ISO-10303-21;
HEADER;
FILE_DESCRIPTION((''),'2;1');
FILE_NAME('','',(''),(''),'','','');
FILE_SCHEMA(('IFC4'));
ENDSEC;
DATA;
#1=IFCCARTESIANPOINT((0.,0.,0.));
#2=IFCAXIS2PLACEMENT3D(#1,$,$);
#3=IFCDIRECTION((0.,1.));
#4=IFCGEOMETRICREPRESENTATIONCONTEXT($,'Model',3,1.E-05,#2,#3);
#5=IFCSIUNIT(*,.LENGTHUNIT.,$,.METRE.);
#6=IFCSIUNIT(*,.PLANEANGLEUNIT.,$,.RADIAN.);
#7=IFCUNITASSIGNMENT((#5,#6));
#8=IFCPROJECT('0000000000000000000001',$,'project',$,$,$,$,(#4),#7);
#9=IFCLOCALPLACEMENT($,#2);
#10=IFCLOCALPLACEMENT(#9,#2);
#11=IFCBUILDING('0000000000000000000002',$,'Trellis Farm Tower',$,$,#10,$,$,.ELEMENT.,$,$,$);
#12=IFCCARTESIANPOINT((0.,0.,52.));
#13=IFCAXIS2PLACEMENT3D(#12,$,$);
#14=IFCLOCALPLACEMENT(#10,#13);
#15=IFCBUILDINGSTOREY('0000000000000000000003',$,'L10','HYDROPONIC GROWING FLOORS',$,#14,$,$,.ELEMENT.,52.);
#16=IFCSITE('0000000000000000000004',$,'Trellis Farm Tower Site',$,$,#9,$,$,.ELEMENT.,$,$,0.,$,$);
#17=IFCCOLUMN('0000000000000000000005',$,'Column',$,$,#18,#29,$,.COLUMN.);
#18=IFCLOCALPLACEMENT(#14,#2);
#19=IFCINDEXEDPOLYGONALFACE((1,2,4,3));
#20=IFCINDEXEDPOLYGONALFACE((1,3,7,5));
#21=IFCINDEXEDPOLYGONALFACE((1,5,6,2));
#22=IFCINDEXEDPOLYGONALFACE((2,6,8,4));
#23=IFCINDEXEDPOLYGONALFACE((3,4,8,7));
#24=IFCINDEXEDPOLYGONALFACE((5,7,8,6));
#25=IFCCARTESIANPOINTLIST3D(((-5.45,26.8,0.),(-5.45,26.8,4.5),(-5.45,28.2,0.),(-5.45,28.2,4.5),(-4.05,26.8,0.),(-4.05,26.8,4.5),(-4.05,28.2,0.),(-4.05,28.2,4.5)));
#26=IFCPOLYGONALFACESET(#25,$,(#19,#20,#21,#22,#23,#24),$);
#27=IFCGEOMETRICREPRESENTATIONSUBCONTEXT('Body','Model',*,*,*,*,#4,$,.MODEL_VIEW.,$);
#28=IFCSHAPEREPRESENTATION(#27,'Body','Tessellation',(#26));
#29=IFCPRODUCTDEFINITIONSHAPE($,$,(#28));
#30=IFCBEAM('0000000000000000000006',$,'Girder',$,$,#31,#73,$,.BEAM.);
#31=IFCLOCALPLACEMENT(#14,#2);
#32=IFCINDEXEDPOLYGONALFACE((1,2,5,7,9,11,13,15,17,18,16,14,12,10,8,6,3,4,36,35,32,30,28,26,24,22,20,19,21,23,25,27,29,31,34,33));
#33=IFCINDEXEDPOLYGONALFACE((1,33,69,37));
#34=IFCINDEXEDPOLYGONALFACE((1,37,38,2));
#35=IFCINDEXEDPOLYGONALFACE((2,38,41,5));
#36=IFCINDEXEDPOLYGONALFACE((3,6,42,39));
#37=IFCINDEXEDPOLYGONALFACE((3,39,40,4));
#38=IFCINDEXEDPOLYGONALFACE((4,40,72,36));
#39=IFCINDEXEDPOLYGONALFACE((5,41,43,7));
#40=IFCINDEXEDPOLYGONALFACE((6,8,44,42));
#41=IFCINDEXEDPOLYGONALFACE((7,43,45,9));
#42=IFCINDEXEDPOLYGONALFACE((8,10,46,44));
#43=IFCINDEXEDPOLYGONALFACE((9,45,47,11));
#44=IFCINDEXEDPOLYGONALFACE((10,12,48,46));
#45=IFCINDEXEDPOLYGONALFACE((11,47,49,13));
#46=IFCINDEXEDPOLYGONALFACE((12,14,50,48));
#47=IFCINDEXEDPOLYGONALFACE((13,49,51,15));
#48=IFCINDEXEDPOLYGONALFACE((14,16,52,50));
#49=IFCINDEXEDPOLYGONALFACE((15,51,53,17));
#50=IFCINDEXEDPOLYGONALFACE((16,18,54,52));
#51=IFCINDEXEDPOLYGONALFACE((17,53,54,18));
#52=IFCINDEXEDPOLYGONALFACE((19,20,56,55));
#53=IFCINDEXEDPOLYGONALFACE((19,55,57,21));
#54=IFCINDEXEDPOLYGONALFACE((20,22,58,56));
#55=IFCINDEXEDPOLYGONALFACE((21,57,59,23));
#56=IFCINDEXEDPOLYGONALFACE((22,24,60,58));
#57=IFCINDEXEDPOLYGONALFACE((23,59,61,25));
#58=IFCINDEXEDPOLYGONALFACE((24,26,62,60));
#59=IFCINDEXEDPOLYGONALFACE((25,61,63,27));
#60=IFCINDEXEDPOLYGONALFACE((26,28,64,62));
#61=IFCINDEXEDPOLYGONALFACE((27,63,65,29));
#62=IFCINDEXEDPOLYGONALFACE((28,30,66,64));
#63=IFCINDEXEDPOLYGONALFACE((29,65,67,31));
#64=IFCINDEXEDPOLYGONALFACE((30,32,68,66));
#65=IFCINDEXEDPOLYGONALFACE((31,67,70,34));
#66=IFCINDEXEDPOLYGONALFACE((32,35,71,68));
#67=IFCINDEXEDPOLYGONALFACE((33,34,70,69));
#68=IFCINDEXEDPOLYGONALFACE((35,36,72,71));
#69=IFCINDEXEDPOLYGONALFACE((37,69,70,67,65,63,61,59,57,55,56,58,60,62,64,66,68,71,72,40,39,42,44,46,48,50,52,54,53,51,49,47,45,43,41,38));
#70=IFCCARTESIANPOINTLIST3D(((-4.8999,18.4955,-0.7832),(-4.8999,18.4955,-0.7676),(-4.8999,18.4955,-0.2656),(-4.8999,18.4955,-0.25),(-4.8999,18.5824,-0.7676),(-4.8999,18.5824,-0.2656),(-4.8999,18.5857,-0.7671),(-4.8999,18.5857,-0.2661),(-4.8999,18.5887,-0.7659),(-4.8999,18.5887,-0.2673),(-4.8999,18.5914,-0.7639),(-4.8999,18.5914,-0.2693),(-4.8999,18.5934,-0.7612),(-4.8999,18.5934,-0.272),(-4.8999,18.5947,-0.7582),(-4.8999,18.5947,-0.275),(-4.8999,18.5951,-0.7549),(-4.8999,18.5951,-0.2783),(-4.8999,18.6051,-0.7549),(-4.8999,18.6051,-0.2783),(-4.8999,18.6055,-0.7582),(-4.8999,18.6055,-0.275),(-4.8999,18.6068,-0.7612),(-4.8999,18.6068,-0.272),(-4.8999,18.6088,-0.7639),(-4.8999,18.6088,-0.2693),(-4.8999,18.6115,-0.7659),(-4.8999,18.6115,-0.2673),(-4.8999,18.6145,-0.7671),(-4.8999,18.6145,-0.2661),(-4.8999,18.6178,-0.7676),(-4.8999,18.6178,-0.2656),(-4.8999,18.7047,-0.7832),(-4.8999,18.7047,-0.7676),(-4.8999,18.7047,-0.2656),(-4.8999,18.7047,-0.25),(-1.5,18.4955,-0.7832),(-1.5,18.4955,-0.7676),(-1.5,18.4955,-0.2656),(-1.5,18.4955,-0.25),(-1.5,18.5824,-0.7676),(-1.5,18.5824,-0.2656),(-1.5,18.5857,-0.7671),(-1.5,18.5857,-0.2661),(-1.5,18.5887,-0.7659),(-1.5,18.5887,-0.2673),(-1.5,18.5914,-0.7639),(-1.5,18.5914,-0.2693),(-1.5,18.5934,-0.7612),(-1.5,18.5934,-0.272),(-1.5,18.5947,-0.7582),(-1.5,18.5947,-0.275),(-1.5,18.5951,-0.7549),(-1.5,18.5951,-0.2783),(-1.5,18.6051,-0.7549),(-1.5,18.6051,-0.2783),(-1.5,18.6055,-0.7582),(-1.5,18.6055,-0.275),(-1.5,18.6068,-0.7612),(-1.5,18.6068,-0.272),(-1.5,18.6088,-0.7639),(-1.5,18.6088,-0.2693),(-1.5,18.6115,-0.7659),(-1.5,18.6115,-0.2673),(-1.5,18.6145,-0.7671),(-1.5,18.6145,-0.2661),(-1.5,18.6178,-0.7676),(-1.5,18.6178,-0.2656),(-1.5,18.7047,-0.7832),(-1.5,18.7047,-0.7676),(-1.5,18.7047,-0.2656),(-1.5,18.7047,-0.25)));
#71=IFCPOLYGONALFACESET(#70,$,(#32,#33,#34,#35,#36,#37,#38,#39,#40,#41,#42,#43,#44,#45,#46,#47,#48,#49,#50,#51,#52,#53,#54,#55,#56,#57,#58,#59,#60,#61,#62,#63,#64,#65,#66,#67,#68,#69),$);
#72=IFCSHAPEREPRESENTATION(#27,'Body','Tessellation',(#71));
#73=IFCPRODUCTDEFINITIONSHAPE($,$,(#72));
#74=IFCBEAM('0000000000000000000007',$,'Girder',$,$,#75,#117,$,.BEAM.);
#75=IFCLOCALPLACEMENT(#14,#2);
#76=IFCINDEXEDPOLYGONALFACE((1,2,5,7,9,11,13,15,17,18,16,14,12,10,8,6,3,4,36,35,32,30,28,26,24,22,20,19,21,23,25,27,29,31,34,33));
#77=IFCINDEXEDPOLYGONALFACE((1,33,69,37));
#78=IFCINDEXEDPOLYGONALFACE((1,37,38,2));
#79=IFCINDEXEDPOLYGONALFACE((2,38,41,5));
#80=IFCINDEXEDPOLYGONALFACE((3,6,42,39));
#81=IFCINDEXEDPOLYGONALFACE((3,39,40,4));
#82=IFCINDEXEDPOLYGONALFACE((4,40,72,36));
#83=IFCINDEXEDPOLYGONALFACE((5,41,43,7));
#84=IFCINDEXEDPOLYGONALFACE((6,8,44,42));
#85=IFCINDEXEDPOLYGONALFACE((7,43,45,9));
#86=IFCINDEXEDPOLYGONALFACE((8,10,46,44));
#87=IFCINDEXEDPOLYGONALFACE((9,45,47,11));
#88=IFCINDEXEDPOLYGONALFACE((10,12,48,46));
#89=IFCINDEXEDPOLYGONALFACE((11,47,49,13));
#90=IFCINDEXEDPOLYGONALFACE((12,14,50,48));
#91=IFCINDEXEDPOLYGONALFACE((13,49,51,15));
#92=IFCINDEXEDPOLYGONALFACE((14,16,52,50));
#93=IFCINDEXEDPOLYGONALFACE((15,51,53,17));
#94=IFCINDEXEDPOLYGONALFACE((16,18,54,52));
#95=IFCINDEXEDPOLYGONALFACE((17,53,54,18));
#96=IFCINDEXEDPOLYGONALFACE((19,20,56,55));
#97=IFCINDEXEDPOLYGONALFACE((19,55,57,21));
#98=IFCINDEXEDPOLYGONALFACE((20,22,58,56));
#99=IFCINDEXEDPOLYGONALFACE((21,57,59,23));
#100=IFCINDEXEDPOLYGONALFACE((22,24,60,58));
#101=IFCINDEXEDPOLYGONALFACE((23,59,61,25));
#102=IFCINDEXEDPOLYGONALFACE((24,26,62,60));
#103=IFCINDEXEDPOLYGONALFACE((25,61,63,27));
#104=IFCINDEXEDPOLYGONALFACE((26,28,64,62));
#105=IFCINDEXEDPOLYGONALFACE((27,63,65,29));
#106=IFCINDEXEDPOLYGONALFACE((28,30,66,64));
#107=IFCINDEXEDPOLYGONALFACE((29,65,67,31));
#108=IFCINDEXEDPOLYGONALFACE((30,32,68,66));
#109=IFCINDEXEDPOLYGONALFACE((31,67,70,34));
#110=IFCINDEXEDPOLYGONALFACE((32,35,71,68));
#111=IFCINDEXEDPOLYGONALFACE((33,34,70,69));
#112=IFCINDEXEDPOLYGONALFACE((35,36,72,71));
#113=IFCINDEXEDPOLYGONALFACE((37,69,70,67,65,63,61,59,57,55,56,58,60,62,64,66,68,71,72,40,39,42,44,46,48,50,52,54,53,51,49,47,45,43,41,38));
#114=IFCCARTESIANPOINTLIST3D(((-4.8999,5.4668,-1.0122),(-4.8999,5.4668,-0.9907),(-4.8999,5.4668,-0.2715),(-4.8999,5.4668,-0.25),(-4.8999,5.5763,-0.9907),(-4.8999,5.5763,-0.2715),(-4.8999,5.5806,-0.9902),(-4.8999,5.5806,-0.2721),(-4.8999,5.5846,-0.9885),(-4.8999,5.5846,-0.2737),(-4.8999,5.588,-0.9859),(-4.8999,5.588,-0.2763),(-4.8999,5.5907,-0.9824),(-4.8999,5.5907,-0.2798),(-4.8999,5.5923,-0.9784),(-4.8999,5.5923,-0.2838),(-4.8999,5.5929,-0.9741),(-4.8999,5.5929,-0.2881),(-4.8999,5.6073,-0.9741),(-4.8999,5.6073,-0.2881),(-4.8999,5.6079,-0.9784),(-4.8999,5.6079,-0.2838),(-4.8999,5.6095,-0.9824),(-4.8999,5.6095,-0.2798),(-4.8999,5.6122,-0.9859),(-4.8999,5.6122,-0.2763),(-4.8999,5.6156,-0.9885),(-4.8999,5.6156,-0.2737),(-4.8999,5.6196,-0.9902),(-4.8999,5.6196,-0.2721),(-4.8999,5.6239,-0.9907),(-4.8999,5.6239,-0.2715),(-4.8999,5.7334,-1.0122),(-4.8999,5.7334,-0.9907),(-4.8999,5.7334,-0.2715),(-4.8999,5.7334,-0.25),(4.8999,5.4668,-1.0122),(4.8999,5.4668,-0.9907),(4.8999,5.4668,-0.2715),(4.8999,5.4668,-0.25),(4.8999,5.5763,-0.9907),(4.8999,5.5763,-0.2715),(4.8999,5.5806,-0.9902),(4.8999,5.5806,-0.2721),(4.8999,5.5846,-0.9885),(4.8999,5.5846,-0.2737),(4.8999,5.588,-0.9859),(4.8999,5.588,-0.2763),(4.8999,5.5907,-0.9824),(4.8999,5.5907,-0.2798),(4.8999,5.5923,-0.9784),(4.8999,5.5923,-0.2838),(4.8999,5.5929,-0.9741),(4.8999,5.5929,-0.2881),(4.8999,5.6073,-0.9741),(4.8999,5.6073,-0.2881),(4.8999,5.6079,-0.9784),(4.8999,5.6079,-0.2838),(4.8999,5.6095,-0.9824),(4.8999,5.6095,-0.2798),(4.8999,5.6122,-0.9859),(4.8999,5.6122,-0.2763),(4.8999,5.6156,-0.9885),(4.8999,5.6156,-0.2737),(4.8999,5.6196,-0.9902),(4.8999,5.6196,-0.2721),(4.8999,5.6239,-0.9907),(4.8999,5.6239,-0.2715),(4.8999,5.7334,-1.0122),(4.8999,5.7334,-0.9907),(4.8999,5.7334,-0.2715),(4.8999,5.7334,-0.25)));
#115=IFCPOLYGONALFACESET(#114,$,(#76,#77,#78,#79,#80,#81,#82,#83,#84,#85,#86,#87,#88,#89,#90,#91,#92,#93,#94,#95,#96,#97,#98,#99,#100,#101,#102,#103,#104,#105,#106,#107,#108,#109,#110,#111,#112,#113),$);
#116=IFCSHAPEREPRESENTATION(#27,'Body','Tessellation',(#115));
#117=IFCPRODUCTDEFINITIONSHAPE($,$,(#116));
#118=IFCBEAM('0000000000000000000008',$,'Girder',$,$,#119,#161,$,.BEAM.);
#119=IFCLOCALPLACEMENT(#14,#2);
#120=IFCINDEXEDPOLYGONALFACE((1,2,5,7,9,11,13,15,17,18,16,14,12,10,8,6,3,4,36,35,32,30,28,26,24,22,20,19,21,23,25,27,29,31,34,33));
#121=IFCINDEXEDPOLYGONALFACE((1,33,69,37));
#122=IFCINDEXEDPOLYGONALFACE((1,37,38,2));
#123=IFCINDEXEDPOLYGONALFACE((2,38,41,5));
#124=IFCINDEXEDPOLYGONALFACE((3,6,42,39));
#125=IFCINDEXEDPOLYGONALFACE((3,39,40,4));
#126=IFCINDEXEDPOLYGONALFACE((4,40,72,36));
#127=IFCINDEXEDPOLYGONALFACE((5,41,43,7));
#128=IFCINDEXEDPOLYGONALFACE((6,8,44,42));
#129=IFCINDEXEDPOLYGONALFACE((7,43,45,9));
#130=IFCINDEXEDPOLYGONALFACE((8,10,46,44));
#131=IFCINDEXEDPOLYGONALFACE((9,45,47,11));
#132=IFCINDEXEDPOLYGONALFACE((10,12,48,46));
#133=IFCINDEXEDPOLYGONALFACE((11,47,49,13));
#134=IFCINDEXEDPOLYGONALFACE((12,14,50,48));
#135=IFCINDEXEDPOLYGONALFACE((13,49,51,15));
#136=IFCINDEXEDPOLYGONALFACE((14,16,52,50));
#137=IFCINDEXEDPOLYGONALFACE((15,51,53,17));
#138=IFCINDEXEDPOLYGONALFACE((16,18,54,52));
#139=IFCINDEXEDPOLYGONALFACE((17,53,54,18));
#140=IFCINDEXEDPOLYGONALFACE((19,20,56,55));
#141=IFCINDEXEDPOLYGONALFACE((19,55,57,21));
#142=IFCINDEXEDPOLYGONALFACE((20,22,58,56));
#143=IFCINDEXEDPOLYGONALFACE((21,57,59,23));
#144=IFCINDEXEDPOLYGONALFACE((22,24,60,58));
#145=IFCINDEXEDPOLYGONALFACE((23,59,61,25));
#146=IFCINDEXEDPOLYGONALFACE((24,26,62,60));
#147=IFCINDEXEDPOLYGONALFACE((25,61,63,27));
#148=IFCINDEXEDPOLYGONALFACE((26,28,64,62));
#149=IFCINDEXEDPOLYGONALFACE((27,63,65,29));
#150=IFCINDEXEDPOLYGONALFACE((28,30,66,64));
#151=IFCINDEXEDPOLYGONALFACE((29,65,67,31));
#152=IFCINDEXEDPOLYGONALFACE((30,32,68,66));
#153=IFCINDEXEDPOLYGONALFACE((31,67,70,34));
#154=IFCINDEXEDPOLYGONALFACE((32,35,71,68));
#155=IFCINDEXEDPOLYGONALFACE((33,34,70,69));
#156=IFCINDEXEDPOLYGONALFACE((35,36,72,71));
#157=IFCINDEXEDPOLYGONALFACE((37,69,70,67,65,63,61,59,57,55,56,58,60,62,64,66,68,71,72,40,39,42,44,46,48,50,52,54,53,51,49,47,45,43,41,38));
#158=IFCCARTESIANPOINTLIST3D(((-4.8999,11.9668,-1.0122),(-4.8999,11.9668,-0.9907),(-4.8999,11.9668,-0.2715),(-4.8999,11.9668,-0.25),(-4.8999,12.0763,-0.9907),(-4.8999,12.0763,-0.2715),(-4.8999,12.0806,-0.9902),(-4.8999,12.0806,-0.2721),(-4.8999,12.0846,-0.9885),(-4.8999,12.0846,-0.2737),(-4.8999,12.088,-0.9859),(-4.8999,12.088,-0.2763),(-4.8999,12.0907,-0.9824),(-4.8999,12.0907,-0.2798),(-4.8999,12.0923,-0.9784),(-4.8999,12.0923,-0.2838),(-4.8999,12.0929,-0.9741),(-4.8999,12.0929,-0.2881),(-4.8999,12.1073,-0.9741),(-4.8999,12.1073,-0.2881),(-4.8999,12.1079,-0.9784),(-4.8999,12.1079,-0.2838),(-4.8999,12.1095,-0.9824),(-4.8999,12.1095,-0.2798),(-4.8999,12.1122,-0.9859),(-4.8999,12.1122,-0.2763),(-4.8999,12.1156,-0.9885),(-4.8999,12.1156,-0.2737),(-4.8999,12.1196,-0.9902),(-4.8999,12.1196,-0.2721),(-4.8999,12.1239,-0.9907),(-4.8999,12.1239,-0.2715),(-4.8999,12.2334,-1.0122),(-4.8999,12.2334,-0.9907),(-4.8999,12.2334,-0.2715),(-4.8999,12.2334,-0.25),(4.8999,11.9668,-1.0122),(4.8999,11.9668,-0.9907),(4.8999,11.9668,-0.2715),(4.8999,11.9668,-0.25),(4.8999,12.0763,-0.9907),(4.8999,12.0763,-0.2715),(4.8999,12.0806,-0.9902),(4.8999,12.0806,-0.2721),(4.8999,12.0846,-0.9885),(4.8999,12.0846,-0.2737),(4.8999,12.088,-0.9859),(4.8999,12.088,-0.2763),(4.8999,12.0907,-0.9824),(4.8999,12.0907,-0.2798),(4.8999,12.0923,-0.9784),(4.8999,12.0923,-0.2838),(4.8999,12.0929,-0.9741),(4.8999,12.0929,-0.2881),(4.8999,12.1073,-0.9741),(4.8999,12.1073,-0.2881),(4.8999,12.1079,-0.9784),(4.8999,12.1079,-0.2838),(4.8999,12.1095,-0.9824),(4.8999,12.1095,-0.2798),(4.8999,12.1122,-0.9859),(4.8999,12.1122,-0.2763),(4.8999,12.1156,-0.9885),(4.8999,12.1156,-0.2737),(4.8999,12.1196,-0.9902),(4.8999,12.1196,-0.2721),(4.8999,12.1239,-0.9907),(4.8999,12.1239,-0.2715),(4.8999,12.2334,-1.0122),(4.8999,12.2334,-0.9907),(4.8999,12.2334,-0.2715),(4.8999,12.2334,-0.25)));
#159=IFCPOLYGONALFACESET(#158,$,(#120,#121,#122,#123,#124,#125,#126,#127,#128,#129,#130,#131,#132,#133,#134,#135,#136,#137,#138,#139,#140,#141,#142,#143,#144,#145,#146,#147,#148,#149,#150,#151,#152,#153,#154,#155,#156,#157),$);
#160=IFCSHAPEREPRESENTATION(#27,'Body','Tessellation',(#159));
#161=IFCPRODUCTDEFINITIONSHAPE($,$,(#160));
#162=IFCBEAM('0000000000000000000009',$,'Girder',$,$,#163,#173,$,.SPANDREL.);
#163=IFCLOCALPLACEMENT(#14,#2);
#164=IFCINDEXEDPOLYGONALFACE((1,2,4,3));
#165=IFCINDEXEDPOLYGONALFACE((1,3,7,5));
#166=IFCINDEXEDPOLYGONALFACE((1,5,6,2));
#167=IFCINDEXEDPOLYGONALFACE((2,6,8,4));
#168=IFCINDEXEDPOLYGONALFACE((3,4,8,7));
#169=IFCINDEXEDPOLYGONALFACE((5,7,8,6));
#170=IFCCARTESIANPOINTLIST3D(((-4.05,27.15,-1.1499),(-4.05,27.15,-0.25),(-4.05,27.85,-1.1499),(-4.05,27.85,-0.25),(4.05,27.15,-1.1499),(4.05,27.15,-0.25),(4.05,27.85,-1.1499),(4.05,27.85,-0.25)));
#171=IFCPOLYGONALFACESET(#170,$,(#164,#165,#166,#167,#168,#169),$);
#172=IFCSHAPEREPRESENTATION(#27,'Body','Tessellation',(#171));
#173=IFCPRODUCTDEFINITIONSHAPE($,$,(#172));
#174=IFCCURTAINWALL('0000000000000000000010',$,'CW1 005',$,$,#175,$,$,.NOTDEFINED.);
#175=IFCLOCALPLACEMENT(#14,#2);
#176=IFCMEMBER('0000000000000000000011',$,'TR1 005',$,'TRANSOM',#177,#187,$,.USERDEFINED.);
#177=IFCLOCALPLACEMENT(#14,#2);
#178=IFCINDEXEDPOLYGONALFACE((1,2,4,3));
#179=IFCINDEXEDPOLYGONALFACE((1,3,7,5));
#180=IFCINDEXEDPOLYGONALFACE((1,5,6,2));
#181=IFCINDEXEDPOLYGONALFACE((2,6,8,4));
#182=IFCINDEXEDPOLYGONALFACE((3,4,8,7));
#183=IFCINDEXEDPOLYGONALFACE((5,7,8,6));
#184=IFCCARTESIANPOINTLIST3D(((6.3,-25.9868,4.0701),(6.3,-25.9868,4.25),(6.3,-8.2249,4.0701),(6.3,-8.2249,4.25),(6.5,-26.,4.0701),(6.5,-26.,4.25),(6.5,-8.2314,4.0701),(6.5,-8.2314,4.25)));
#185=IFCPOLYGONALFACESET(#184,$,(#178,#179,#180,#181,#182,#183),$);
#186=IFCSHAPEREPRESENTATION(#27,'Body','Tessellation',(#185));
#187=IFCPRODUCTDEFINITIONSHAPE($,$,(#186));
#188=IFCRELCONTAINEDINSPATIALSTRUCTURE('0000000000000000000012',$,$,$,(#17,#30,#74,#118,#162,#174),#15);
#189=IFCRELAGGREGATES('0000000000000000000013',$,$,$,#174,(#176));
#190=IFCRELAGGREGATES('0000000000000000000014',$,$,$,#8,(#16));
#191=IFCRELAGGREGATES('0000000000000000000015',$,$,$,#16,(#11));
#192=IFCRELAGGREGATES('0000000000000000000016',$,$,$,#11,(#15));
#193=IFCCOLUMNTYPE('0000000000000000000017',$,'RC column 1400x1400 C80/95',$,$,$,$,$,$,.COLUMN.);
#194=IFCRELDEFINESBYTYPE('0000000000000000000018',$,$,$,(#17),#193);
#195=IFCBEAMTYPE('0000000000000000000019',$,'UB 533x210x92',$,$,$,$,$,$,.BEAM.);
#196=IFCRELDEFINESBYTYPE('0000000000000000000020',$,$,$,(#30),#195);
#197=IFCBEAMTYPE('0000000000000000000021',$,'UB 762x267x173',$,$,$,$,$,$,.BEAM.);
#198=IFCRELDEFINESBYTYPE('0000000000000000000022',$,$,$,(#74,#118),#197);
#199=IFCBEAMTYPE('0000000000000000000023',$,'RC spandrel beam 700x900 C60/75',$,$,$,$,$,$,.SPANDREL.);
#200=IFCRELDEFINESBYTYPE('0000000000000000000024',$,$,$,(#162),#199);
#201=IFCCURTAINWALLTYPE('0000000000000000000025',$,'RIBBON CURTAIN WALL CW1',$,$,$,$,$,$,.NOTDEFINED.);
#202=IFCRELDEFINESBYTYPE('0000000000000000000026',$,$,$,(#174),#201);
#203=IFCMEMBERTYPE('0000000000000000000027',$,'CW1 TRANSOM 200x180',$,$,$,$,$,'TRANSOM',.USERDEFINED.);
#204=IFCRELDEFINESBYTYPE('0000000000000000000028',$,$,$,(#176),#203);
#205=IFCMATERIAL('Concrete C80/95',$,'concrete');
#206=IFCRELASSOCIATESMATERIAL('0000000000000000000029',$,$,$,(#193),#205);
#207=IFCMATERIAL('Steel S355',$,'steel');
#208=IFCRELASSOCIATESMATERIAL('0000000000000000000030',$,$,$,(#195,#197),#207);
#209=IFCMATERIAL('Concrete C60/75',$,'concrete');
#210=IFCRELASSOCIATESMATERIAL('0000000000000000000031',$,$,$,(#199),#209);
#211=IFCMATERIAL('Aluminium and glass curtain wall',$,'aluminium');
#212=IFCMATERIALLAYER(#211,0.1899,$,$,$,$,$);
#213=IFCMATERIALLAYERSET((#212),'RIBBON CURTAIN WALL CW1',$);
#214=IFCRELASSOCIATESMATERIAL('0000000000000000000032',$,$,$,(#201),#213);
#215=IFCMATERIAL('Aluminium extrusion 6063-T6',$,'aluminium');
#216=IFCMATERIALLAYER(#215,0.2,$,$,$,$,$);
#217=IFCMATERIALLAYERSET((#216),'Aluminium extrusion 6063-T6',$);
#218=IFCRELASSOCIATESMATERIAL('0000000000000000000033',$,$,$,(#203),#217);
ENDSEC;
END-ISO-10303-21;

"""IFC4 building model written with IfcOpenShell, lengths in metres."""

from ifc_helpers import new_model, si_unit, direction, frame, origin, origin_2d, place, context, subcontext, project, spatial, polyline, rectangle, i_section, outline, extrude, source, transform, mapped, material, layer, layer_set, material_profile, profile_set, type_object, element, aggregate, save


model = new_model("IFC4")

# Units and contexts
model_context = context("Model", 3, precision=1e-05, world=origin(), true_north=direction((0.0, 1.0)))
body_context = subcontext(model_context, "Body", "Model", "MODEL_VIEW")
ifc_project = project(units=[si_unit("LENGTHUNIT", "METRE"), si_unit("PLANEANGLEUNIT", "RADIAN")], contexts=[model_context])

# Site, building, storey
site_placement = place(None, origin())
site = spatial("IfcSite", under=ifc_project, at=site_placement, Name="Trellis Farm Tower Site", CompositionType="ELEMENT", RefElevation=0.0)
building_placement = place(site_placement, origin())
building = spatial("IfcBuilding", under=site, at=building_placement, Name="Trellis Farm Tower", CompositionType="ELEMENT")
storey_placement = place(building_placement, frame((0.0, 0.0, 52.0)))
storey = spatial("IfcBuildingStorey", under=building, at=storey_placement, Name="L10", Description="HYDROPONIC GROWING FLOORS", CompositionType="ELEMENT", Elevation=52.0)

# Column
ifc_material_1 = material(Name="Concrete C80/95", Category="concrete")
ifc_material_profile_1 = material_profile(ifc_material_1, rectangle(XDim=1.3999, YDim=1.3999, at=origin_2d()), Name="RC column 1400x1400 C80/95")
ifc_profile_set_1 = profile_set([ifc_material_profile_1], Name="Concrete C80/95")
column_type = type_object("IfcColumnType", Name="RC column 1400x1400 C80/95", PredefinedType="COLUMN", material=ifc_profile_set_1)
shared_shape_1 = source(origin(), body_context, "Body", "SweptSolid", [
    extrude(rectangle(XDim=1.3999, YDim=1.3999, at=origin_2d()), origin(), (0.0, 0.0, 1.0), 4.5),
])
column_placement = place(storey_placement, frame((-4.75, 27.5, 0.0), z_axis=(0.0, 0.0, 1.0), x_axis=(1.0, 0.0, 0.0)))
element("IfcColumn", 1, at=column_placement, inside=storey, type_object=column_type, Name="Column", PredefinedType="COLUMN", context=body_context, shape_type="MappedRepresentation", body=[
    mapped(shared_shape_1, transform((0.0, 0.0, 0.0))),
])

# Beams
ifc_material_2 = material(Name="Steel S355", Category="steel")
ifc_material_profile_2 = material_profile(ifc_material_2, i_section(OverallWidth=0.2092, OverallDepth=0.5332, WebThickness=0.01, FlangeThickness=0.0156, FilletRadius=0.0127, at=origin_2d()), Name="UB 533x210x92")
ifc_profile_set_2 = profile_set([ifc_material_profile_2], Name="Steel S355")
beam_type_1 = type_object("IfcBeamType", Name="UB 533x210x92", PredefinedType="BEAM", material=ifc_profile_set_2)
shared_shape_2 = source(origin(), body_context, "Body", "SweptSolid", [
    extrude(i_section(OverallWidth=0.2092, OverallDepth=0.5332, WebThickness=0.01, FlangeThickness=0.0156, FilletRadius=0.0127, at=origin_2d()), origin(), (0.0, 0.0, 1.0), 3.3999),
])
beam_1_placement = place(storey_placement, frame((-4.8999, 18.6001, -0.5166), z_axis=(1.0, 0.0, 0.0), x_axis=(0.0, 1.0, 0.0)))
element("IfcBeam", 2, at=beam_1_placement, inside=storey, type_object=beam_type_1, Name="Girder", PredefinedType="BEAM", context=body_context, shape_type="MappedRepresentation", body=[
    mapped(shared_shape_2, transform((0.0, 0.0, 0.0))),
])
ifc_material_profile_3 = material_profile(ifc_material_2, i_section(OverallWidth=0.2666, OverallDepth=0.7622, WebThickness=0.0144, FlangeThickness=0.0215, FilletRadius=0.0166, at=origin_2d()), Name="UB 762x267x173")
ifc_profile_set_3 = profile_set([ifc_material_profile_3], Name="Steel S355")
beam_type_2 = type_object("IfcBeamType", Name="UB 762x267x173", PredefinedType="BEAM", material=ifc_profile_set_3)
shared_shape_3 = source(origin(), body_context, "Body", "SweptSolid", [
    extrude(i_section(OverallWidth=0.2666, OverallDepth=0.7622, WebThickness=0.0144, FlangeThickness=0.0215, FilletRadius=0.0166, at=origin_2d()), origin(), (0.0, 0.0, 1.0), 9.7998),
])
for number, where, z_axis, x_axis, name in (
    (3, (-4.8999, 5.6001, -0.6311), (1.0, 0.0, 0.0), (0.0, 1.0, 0.0), "Girder"),
    (4, (-4.8999, 12.1001, -0.6311), (1.0, 0.0, 0.0), (0.0, 1.0, 0.0), "Girder"),
):
    element("IfcBeam", number, at=place(storey_placement, frame(where, z_axis=z_axis, x_axis=x_axis)), inside=storey, type_object=beam_type_2, Name=name, PredefinedType="BEAM", context=body_context, shape_type="MappedRepresentation", body=[
        mapped(shared_shape_3, transform((0.0, 0.0, 0.0))),
    ])
ifc_material_3 = material(Name="Concrete C60/75", Category="concrete")
ifc_material_profile_4 = material_profile(ifc_material_3, rectangle(XDim=0.7, YDim=0.8999, at=origin_2d()), Name="RC spandrel beam 700x900 C60/75")
ifc_profile_set_4 = profile_set([ifc_material_profile_4], Name="Concrete C60/75")
beam_type_3 = type_object("IfcBeamType", Name="RC spandrel beam 700x900 C60/75", PredefinedType="SPANDREL", material=ifc_profile_set_4)
shared_shape_4 = source(origin(), body_context, "Body", "SweptSolid", [
    extrude(rectangle(XDim=0.7, YDim=0.8999, at=origin_2d()), origin(), (0.0, 0.0, 1.0), 8.1001),
])
beam_2_placement = place(storey_placement, frame((-4.05, 27.5, -0.7), z_axis=(1.0, 0.0, 0.0), x_axis=(0.0, 1.0, 0.0)))
element("IfcBeam", 5, at=beam_2_placement, inside=storey, type_object=beam_type_3, Name="Girder", PredefinedType="SPANDREL", context=body_context, shape_type="MappedRepresentation", body=[
    mapped(shared_shape_4, transform((0.0, 0.0, 0.0))),
])

# Curtain wall, member
ifc_material_4 = material(Name="Aluminium and glass curtain wall", Category="aluminium")
ifc_layer_1 = layer(ifc_material_4, 0.1899)
ifc_layer_set_1 = layer_set([ifc_layer_1], Name="RIBBON CURTAIN WALL CW1")
curtain_wall_type_1 = type_object("IfcCurtainWallType", Name="RIBBON CURTAIN WALL CW1", PredefinedType="NOTDEFINED", material=ifc_layer_set_1)
placement = place(storey_placement, origin())
curtain_wall_1 = element("IfcCurtainWall", 6, at=placement, inside=storey, type_object=curtain_wall_type_1, Name="CW1 005", PredefinedType="NOTDEFINED")
ifc_material_5 = material(Name="Aluminium extrusion 6063-T6", Category="aluminium")
ifc_layer_2 = layer(ifc_material_5, 0.2)
ifc_layer_set_2 = layer_set([ifc_layer_2], Name="Aluminium extrusion 6063-T6")
member_type_1 = type_object("IfcMemberType", Name="CW1 TRANSOM 200x180", ElementType="TRANSOM", PredefinedType="USERDEFINED", material=ifc_layer_set_2)
shared_shape_5 = source(origin(), body_context, "Body", "SweptSolid", [
    extrude(outline(polyline([(6.5, -26.0), (6.5, -8.2314), (6.3, -8.2249), (6.3, -25.9868), (6.5, -26.0)])), origin(), (0.0, 0.0, 1.0), 0.1799),
])
member_1_placement = place(storey_placement, frame((0.0, 0.0, 4.0701)))
member_1 = element("IfcMember", 7, at=member_1_placement, type_object=member_type_1, Name="TR1 005", ObjectType="TRANSOM", PredefinedType="USERDEFINED", context=body_context, shape_type="MappedRepresentation", body=[
    mapped(shared_shape_5, transform((0.0, 0.0, 0.0))),
])
aggregate(curtain_wall_1, [member_1])

save(model, "model.ifc")
